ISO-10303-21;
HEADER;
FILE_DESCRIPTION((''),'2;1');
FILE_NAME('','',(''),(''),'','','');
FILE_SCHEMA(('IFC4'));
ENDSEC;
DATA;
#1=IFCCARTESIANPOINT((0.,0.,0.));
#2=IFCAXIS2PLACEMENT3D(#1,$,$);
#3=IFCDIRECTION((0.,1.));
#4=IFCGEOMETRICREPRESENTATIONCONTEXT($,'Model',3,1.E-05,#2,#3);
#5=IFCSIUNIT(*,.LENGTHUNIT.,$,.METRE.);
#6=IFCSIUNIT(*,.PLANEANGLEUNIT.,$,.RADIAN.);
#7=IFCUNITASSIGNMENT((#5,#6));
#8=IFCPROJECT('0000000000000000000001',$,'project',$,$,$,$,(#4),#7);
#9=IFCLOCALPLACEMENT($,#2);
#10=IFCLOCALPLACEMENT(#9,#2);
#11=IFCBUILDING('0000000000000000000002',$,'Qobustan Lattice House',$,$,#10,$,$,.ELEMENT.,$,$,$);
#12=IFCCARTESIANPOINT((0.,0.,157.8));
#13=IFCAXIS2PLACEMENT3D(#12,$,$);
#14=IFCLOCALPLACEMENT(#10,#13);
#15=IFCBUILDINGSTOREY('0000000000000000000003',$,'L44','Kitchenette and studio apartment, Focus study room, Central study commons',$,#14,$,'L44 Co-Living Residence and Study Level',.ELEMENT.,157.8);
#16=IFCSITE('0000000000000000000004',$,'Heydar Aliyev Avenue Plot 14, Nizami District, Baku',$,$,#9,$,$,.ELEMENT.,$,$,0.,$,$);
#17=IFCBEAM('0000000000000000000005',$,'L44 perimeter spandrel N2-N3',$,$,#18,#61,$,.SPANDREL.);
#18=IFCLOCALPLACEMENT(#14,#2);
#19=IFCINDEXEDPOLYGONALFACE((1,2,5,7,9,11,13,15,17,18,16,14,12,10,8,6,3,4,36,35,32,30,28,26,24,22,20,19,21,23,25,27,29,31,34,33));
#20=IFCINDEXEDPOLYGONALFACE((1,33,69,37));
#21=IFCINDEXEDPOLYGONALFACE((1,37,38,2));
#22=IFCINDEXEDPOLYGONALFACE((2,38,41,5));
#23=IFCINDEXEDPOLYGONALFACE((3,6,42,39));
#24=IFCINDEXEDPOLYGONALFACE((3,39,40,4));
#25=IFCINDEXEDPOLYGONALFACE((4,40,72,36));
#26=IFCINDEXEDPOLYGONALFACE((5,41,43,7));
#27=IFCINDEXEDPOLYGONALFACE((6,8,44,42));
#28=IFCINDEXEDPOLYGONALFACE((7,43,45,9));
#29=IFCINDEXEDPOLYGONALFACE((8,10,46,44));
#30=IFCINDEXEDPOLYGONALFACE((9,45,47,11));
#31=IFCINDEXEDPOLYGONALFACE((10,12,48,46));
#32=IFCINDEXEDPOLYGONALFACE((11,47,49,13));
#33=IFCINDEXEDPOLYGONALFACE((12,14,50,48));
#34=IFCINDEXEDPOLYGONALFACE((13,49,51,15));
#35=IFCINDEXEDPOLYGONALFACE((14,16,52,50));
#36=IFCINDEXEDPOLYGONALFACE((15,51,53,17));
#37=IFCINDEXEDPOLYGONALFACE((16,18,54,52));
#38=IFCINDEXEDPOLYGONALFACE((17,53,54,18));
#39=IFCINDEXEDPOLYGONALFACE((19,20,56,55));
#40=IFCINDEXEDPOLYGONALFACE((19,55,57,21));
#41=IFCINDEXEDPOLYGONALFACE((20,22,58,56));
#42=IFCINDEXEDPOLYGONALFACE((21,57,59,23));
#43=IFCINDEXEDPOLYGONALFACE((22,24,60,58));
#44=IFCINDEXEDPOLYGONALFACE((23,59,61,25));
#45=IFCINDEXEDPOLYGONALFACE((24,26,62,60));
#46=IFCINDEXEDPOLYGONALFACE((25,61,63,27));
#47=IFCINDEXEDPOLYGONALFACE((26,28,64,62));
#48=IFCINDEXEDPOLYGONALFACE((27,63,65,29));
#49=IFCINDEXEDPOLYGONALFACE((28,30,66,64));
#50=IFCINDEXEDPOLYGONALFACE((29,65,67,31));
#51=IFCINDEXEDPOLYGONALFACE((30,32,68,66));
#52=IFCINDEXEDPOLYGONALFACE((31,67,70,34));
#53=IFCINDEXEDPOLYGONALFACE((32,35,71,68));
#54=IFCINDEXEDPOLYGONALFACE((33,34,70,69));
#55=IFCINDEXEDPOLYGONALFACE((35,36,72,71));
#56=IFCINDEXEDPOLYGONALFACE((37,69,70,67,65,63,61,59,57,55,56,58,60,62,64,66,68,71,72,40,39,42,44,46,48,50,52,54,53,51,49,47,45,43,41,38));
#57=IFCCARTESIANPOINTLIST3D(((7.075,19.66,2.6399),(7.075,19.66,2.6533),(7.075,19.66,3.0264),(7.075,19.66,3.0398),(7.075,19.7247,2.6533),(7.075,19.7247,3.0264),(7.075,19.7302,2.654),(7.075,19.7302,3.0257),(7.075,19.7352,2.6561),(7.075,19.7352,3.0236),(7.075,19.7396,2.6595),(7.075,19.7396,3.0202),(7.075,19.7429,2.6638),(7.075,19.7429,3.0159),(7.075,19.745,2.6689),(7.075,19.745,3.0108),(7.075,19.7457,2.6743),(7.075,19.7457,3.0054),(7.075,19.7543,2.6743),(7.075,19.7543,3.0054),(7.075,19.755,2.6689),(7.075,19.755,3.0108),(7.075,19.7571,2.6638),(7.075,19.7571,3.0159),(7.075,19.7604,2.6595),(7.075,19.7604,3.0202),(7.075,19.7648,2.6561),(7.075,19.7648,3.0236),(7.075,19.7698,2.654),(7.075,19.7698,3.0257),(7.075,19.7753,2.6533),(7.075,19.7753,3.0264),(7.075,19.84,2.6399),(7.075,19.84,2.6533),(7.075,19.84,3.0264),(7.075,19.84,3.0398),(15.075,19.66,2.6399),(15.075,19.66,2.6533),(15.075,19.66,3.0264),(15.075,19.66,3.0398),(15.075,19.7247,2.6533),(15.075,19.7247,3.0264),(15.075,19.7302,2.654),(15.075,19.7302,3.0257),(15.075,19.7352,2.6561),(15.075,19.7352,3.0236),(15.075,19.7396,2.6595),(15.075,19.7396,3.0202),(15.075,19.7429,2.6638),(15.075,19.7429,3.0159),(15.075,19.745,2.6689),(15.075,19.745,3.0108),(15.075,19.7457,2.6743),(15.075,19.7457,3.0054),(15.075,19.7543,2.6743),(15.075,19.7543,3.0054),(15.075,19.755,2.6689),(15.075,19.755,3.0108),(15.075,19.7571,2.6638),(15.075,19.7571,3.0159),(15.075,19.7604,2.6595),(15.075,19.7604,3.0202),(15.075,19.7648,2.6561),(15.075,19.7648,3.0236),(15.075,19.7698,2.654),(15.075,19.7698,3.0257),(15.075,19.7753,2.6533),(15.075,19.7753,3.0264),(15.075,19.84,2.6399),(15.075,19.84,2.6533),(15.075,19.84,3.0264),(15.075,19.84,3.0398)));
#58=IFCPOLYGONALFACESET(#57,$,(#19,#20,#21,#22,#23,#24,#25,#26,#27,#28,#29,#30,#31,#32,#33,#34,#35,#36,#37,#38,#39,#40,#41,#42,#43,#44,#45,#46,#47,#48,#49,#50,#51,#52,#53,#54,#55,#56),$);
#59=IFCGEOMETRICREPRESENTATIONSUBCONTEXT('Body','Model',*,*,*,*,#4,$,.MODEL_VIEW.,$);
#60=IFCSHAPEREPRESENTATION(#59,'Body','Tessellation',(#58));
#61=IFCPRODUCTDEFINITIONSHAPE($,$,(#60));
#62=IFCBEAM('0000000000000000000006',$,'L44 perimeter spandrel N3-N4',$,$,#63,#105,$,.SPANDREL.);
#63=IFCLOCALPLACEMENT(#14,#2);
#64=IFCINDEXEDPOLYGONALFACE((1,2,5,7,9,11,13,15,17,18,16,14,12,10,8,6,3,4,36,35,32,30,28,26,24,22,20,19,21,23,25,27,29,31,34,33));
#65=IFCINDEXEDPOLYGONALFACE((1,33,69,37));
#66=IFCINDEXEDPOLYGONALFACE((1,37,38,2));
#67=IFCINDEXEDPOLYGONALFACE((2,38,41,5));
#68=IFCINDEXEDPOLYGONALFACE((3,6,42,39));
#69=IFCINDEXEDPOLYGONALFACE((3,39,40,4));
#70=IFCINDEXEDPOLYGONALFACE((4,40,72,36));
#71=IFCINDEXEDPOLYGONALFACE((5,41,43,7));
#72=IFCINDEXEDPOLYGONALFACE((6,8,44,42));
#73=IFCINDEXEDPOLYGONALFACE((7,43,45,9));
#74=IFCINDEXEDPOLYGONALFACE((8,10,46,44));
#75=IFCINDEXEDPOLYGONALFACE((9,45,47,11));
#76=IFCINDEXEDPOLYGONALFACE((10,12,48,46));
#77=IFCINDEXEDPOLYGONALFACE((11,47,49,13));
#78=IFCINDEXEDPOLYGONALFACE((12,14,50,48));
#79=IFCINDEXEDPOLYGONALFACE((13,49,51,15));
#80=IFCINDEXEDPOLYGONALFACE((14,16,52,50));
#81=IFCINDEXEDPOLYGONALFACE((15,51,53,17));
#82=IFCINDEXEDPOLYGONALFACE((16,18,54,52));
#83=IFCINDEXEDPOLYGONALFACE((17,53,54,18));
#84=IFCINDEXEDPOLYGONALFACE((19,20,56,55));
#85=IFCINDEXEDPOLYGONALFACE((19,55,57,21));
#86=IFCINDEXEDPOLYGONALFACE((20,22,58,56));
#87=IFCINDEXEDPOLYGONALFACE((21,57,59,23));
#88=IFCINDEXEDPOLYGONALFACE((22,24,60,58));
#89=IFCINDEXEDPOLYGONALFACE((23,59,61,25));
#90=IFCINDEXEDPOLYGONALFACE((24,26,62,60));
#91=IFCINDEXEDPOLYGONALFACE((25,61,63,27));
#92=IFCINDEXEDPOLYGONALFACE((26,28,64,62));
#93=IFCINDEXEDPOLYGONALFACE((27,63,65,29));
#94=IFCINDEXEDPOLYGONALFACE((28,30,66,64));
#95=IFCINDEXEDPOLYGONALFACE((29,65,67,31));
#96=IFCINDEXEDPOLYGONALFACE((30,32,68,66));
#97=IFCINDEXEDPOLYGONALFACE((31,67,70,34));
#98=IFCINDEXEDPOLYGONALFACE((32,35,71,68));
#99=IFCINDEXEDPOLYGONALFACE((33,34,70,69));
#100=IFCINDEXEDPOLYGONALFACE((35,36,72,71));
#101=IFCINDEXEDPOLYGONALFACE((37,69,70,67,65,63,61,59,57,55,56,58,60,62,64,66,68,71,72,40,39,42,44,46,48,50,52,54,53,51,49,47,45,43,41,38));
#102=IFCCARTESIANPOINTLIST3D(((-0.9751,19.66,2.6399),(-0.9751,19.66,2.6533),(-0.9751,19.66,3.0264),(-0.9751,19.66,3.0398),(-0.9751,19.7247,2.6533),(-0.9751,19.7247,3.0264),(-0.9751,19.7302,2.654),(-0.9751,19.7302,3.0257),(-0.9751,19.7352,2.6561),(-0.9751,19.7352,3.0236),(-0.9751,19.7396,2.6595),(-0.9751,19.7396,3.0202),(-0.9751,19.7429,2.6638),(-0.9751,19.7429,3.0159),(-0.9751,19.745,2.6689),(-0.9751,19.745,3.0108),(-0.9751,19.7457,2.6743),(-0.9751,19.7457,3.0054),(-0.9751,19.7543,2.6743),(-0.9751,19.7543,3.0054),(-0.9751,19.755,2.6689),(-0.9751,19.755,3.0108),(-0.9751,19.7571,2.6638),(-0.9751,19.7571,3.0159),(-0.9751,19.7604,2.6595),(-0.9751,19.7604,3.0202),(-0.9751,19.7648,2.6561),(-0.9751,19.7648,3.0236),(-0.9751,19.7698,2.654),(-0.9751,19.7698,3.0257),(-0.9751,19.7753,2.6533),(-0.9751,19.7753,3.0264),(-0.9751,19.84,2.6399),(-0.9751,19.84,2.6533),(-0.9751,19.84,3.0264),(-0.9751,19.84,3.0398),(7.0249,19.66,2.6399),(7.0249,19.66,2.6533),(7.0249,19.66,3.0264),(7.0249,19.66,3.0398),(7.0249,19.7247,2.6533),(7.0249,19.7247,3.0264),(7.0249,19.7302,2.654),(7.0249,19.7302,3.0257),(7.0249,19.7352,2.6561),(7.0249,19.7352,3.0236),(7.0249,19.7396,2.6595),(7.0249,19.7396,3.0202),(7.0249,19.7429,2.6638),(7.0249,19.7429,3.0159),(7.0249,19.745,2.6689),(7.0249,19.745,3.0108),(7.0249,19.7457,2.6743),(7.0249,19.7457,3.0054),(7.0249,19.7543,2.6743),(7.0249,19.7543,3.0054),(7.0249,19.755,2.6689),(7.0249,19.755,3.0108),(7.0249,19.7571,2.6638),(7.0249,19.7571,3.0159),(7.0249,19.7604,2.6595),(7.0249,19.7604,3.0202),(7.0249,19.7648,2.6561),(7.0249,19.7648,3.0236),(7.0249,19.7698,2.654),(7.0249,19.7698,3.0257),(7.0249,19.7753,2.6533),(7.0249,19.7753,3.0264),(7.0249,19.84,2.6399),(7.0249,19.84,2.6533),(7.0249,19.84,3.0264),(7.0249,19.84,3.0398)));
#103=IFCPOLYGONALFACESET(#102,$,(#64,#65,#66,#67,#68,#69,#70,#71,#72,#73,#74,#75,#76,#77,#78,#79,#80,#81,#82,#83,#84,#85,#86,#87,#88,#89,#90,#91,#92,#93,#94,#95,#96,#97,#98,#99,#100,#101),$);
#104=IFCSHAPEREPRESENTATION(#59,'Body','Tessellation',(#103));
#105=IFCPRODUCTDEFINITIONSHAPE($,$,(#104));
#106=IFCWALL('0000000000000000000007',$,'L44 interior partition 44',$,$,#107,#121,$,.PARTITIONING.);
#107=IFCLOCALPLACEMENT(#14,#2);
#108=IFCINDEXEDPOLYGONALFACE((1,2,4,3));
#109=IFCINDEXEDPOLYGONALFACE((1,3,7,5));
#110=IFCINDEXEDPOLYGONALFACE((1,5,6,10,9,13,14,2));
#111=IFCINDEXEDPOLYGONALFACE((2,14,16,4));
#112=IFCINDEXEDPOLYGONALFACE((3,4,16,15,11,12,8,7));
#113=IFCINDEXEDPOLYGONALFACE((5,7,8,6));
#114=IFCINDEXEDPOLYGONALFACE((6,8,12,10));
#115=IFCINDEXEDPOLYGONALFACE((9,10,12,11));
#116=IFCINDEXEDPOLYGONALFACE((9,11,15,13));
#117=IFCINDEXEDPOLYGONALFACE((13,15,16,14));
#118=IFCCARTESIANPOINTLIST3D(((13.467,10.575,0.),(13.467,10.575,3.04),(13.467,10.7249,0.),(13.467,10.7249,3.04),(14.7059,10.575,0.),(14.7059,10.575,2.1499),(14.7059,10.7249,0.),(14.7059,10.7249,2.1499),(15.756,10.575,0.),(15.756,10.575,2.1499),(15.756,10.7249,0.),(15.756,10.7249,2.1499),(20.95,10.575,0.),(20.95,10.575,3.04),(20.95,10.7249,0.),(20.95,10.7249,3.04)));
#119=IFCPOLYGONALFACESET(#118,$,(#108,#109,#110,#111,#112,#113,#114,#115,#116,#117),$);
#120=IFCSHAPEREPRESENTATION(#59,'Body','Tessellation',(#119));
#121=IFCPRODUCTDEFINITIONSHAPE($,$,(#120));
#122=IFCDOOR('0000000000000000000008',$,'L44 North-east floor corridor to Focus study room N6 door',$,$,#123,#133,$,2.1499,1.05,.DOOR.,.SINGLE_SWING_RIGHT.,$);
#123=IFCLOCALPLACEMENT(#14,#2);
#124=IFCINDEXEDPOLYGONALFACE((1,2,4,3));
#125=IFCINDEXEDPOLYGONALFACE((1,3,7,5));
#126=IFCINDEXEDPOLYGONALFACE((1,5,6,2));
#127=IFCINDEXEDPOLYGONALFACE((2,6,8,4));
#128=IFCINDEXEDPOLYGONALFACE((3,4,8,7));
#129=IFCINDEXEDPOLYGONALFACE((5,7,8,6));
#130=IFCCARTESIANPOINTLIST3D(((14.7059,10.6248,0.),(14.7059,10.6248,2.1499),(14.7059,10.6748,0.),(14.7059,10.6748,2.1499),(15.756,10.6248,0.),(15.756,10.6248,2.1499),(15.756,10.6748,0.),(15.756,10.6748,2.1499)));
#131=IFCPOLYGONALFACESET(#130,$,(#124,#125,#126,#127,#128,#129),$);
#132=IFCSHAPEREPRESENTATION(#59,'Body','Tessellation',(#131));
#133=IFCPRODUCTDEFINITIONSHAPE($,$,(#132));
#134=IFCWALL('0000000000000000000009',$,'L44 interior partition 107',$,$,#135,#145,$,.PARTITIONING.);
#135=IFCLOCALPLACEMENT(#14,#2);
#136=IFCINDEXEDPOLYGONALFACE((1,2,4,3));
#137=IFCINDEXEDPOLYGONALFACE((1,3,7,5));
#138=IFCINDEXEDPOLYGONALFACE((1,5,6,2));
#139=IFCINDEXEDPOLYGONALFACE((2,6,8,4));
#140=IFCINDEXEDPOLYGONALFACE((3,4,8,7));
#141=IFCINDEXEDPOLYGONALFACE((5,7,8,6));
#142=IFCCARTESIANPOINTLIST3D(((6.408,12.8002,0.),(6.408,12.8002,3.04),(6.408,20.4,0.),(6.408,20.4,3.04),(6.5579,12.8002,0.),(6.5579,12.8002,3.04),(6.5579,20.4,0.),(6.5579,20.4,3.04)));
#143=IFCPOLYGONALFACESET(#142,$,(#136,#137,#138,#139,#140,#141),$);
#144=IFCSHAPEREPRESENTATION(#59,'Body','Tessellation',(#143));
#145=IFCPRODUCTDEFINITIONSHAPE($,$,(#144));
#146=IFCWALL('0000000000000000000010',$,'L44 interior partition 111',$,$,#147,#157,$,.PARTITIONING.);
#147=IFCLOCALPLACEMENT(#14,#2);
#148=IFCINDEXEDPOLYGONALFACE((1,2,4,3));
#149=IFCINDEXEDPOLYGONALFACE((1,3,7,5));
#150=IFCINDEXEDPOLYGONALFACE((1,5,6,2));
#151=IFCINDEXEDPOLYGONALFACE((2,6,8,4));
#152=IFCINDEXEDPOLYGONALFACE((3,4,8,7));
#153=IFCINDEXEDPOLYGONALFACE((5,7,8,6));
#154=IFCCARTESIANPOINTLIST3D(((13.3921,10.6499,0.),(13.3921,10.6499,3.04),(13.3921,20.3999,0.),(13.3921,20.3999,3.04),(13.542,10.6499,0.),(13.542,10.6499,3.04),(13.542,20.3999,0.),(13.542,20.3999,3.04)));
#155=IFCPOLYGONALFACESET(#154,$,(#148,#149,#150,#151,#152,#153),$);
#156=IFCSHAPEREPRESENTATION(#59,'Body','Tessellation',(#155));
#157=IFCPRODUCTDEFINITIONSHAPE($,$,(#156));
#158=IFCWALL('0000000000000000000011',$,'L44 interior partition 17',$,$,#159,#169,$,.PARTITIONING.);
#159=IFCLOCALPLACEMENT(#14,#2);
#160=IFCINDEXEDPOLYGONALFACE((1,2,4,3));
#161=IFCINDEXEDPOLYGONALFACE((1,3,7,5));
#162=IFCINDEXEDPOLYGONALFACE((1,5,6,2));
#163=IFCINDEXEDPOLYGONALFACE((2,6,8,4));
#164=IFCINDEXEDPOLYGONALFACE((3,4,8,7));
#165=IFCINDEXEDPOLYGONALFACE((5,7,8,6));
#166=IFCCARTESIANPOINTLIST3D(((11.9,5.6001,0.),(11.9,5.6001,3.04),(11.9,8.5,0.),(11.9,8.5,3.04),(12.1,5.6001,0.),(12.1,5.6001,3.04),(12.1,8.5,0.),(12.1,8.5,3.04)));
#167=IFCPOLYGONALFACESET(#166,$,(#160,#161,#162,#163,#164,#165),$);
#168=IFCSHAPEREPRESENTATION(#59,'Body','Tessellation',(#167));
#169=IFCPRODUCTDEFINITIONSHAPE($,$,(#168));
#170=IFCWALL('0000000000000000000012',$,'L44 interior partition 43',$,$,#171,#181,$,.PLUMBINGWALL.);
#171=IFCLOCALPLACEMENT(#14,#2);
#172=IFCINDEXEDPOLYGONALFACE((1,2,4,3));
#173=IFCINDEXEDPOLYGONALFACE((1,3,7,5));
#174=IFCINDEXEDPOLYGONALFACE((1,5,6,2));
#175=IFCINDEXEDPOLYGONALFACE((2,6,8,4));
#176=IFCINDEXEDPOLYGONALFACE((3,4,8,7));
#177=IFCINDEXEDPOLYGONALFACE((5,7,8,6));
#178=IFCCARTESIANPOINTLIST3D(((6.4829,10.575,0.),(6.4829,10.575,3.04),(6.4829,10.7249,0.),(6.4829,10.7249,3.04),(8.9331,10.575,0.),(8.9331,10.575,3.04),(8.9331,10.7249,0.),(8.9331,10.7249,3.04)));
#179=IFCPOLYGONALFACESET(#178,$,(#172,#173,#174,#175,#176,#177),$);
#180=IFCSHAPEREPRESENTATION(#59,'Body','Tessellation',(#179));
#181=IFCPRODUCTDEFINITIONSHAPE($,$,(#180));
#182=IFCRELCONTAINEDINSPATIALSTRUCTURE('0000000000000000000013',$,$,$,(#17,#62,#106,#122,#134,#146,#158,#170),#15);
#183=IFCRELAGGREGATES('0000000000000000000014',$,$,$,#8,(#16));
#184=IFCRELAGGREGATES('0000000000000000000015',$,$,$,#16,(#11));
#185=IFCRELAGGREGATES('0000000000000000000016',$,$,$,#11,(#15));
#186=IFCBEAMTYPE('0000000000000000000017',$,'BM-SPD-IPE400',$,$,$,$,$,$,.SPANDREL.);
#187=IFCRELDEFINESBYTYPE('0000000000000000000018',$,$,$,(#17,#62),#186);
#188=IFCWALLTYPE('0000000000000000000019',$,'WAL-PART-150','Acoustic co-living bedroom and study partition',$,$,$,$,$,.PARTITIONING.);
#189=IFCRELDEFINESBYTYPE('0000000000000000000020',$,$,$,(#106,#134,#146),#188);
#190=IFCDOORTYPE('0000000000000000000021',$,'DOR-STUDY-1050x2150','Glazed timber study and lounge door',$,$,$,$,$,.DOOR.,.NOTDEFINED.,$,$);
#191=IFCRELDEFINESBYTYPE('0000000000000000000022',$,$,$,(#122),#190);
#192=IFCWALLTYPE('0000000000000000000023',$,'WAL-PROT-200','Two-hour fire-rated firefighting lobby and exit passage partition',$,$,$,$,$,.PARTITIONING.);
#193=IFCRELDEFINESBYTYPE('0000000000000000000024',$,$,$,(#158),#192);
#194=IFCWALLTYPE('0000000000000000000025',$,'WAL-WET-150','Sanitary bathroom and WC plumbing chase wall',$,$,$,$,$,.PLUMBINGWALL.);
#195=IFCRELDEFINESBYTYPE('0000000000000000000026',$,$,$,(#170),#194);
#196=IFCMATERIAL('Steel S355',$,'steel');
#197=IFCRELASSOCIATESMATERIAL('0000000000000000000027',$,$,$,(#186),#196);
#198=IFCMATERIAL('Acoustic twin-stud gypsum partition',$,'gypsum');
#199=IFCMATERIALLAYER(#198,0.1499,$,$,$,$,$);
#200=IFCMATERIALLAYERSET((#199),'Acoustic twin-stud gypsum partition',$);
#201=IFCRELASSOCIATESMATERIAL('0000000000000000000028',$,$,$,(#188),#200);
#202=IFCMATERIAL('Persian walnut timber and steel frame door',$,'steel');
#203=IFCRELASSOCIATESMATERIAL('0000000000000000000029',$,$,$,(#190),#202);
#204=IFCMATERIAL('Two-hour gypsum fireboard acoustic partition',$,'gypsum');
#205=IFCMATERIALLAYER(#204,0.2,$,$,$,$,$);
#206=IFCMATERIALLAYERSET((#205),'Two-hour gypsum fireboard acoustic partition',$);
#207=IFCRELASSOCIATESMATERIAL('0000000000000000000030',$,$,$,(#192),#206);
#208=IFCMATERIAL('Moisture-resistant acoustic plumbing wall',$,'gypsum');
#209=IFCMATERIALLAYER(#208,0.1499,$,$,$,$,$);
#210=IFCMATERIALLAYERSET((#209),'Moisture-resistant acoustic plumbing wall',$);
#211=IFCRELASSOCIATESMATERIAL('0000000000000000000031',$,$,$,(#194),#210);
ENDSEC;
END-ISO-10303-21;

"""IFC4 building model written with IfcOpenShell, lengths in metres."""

from ifc_helpers import new_model, si_unit, direction, frame, frame_2d, origin, origin_2d, place, context, subcontext, project, spatial, rectangle, i_section, extrude, material, layer, layer_set, material_profile, profile_set, type_object, element, fill, save


model = new_model("IFC4")

# Units and contexts
model_context = context("Model", 3, precision=1e-05, world=origin(), true_north=direction((0.0, 1.0)))
body_context = subcontext(model_context, "Body", "Model", "MODEL_VIEW")
ifc_project = project(units=[si_unit("LENGTHUNIT", "METRE"), si_unit("PLANEANGLEUNIT", "RADIAN")], contexts=[model_context])

# Site, building, storey
site_placement = place(None, origin())
site = spatial("IfcSite", under=ifc_project, at=site_placement, Name="Heydar Aliyev Avenue Plot 14, Nizami District, Baku", CompositionType="ELEMENT", RefElevation=0.0)
building_placement = place(site_placement, origin())
building = spatial("IfcBuilding", under=site, at=building_placement, Name="Qobustan Lattice House", CompositionType="ELEMENT")
storey_placement = place(building_placement, frame((0.0, 0.0, 157.8)))
storey = spatial("IfcBuildingStorey", under=building, at=storey_placement, Name="L44", Description="Kitchenette and studio apartment, Focus study room, Central study commons", LongName="L44 Co-Living Residence and Study Level", CompositionType="ELEMENT", Elevation=157.8)

# Beams
ifc_material_1 = material(Name="Steel S355", Category="steel")
ifc_material_profile_1 = material_profile(ifc_material_1, i_section(OverallWidth=0.1799, OverallDepth=0.3999, WebThickness=0.0085, FlangeThickness=0.0134, FilletRadius=0.021, at=origin_2d()), Name="IPE400")
ifc_profile_set_1 = profile_set([ifc_material_profile_1], Name="Steel S355")
beam_type_1 = type_object("IfcBeamType", Name="BM-SPD-IPE400", PredefinedType="SPANDREL", material=ifc_profile_set_1)
for number, where, z_axis, x_axis, name in (
    (1, (15.075, 19.75, 2.8398), (-1.0, 0.0, 0.0), (0.0, -1.0, 0.0), "L44 perimeter spandrel N2-N3"),
    (2, (7.0249, 19.75, 2.8398), (-1.0, 0.0, 0.0), (0.0, -1.0, 0.0), "L44 perimeter spandrel N3-N4"),
):
    element("IfcBeam", number, at=place(storey_placement, frame(where, z_axis=z_axis, x_axis=x_axis)), inside=storey, type_object=beam_type_1, Name=name, PredefinedType="SPANDREL", context=body_context, shape_type="SweptSolid", body=[
        extrude(i_section(OverallWidth=0.1799, OverallDepth=0.3999, WebThickness=0.0085, FlangeThickness=0.0134, FilletRadius=0.021, at=origin_2d()), origin(), (0.0, 0.0, 1.0), 8.0),
    ])

# Wall, opening, door
ifc_material_2 = material(Name="Acoustic twin-stud gypsum partition", Category="gypsum")
ifc_layer_1 = layer(ifc_material_2, 0.1499)
ifc_layer_set_1 = layer_set([ifc_layer_1], Name="Acoustic twin-stud gypsum partition")
wall_type_1 = type_object("IfcWallType", Name="WAL-PART-150", Description="Acoustic co-living bedroom and study partition", PredefinedType="PARTITIONING", material=ifc_layer_set_1)
wall_1_placement = place(storey_placement, frame((13.467, 10.6499, 0.0), z_axis=(0.0, 0.0, 1.0), x_axis=(1.0, 0.0, 0.0)))
wall_1 = element("IfcWall", 3, at=wall_1_placement, inside=storey, type_object=wall_type_1, Name="L44 interior partition 44", PredefinedType="PARTITIONING", context=body_context, shape_type="SweptSolid", body=[
    extrude(rectangle(XDim=7.4829, YDim=0.1499, at=frame_2d((3.7415, 0.0))), origin(), (0.0, 0.0, 1.0), 3.04),
])
opening_1_placement = place(wall_1_placement, frame((1.239, 0.0, 0.0)))
opening_1 = element("IfcOpeningElement", 4, at=opening_1_placement, cuts=wall_1, PredefinedType="OPENING", context=body_context, shape_type="SweptSolid", body=[
    extrude(rectangle(XDim=1.05, YDim=2.1499, at=frame_2d((0.5249, 1.075))), frame((0.0, 0.085, 0.0), z_axis=(0.0, -1.0, 0.0), x_axis=(1.0, 0.0, 0.0)), (0.0, 0.0, 1.0), 0.1699),
])
ifc_material_3 = material(Name="Persian walnut timber and steel frame door", Category="steel")
door_type_1 = type_object("IfcDoorType", Name="DOR-STUDY-1050x2150", Description="Glazed timber study and lounge door", OperationType="NOTDEFINED", PredefinedType="DOOR", material=ifc_material_3)
door_1_placement = place(opening_1_placement, origin())
door_1 = element("IfcDoor", 5, at=door_1_placement, inside=storey, type_object=door_type_1, Name="L44 North-east floor corridor to Focus study room N6 door", OperationType="SINGLE_SWING_RIGHT", OverallHeight=2.1499, OverallWidth=1.05, PredefinedType="DOOR", context=body_context, shape_type="SweptSolid", body=[
    extrude(rectangle(XDim=1.05, YDim=2.1499, at=frame_2d((0.5249, 1.075))), frame((0.0, 0.0249, 0.0), z_axis=(0.0, -1.0, 0.0), x_axis=(1.0, 0.0, 0.0)), (0.0, 0.0, 1.0), 0.05),
])
fill(opening_1, door_1)

# Walls
wall_2_placement = place(storey_placement, frame((6.4829, 20.3999, 0.0), z_axis=(0.0, 0.0, 1.0), x_axis=(0.0, -1.0, 0.0)))
element("IfcWall", 6, at=wall_2_placement, inside=storey, type_object=wall_type_1, Name="L44 interior partition 107", PredefinedType="PARTITIONING", context=body_context, shape_type="SweptSolid", body=[
    extrude(rectangle(XDim=7.5999, YDim=0.1499, at=frame_2d((3.7998, 0.0))), origin(), (0.0, 0.0, 1.0), 3.04),
])
wall_3_placement = place(storey_placement, frame((13.467, 20.3999, 0.0), z_axis=(0.0, 0.0, 1.0), x_axis=(0.0, -1.0, 0.0)))
element("IfcWall", 7, at=wall_3_placement, inside=storey, type_object=wall_type_1, Name="L44 interior partition 111", PredefinedType="PARTITIONING", context=body_context, shape_type="SweptSolid", body=[
    extrude(rectangle(XDim=9.75, YDim=0.1499, at=frame_2d((4.875, 0.0))), origin(), (0.0, 0.0, 1.0), 3.04),
])
ifc_material_4 = material(Name="Two-hour gypsum fireboard acoustic partition", Category="gypsum")
ifc_layer_2 = layer(ifc_material_4, 0.2)
ifc_layer_set_2 = layer_set([ifc_layer_2], Name="Two-hour gypsum fireboard acoustic partition")
wall_type_2 = type_object("IfcWallType", Name="WAL-PROT-200", Description="Two-hour fire-rated firefighting lobby and exit passage partition", PredefinedType="PARTITIONING", material=ifc_layer_set_2)
wall_4_placement = place(storey_placement, frame((12.0, 8.5, 0.0), z_axis=(0.0, 0.0, 1.0), x_axis=(0.0, -1.0, 0.0)))
element("IfcWall", 8, at=wall_4_placement, inside=storey, type_object=wall_type_2, Name="L44 interior partition 17", PredefinedType="PARTITIONING", context=body_context, shape_type="SweptSolid", body=[
    extrude(rectangle(XDim=2.8999, YDim=0.2, at=frame_2d((1.45, 0.0))), origin(), (0.0, 0.0, 1.0), 3.04),
])
ifc_material_5 = material(Name="Moisture-resistant acoustic plumbing wall", Category="gypsum")
ifc_layer_3 = layer(ifc_material_5, 0.1499)
ifc_layer_set_3 = layer_set([ifc_layer_3], Name="Moisture-resistant acoustic plumbing wall")
wall_type_3 = type_object("IfcWallType", Name="WAL-WET-150", Description="Sanitary bathroom and WC plumbing chase wall", PredefinedType="PLUMBINGWALL", material=ifc_layer_set_3)
wall_5_placement = place(storey_placement, frame((6.4829, 10.6499, 0.0), z_axis=(0.0, 0.0, 1.0), x_axis=(1.0, 0.0, 0.0)))
element("IfcWall", 9, at=wall_5_placement, inside=storey, type_object=wall_type_3, Name="L44 interior partition 43", PredefinedType="PLUMBINGWALL", context=body_context, shape_type="SweptSolid", body=[
    extrude(rectangle(XDim=2.4502, YDim=0.1499, at=frame_2d((1.2251, 0.0))), origin(), (0.0, 0.0, 1.0), 3.04),
])

save(model, "model.ifc")
